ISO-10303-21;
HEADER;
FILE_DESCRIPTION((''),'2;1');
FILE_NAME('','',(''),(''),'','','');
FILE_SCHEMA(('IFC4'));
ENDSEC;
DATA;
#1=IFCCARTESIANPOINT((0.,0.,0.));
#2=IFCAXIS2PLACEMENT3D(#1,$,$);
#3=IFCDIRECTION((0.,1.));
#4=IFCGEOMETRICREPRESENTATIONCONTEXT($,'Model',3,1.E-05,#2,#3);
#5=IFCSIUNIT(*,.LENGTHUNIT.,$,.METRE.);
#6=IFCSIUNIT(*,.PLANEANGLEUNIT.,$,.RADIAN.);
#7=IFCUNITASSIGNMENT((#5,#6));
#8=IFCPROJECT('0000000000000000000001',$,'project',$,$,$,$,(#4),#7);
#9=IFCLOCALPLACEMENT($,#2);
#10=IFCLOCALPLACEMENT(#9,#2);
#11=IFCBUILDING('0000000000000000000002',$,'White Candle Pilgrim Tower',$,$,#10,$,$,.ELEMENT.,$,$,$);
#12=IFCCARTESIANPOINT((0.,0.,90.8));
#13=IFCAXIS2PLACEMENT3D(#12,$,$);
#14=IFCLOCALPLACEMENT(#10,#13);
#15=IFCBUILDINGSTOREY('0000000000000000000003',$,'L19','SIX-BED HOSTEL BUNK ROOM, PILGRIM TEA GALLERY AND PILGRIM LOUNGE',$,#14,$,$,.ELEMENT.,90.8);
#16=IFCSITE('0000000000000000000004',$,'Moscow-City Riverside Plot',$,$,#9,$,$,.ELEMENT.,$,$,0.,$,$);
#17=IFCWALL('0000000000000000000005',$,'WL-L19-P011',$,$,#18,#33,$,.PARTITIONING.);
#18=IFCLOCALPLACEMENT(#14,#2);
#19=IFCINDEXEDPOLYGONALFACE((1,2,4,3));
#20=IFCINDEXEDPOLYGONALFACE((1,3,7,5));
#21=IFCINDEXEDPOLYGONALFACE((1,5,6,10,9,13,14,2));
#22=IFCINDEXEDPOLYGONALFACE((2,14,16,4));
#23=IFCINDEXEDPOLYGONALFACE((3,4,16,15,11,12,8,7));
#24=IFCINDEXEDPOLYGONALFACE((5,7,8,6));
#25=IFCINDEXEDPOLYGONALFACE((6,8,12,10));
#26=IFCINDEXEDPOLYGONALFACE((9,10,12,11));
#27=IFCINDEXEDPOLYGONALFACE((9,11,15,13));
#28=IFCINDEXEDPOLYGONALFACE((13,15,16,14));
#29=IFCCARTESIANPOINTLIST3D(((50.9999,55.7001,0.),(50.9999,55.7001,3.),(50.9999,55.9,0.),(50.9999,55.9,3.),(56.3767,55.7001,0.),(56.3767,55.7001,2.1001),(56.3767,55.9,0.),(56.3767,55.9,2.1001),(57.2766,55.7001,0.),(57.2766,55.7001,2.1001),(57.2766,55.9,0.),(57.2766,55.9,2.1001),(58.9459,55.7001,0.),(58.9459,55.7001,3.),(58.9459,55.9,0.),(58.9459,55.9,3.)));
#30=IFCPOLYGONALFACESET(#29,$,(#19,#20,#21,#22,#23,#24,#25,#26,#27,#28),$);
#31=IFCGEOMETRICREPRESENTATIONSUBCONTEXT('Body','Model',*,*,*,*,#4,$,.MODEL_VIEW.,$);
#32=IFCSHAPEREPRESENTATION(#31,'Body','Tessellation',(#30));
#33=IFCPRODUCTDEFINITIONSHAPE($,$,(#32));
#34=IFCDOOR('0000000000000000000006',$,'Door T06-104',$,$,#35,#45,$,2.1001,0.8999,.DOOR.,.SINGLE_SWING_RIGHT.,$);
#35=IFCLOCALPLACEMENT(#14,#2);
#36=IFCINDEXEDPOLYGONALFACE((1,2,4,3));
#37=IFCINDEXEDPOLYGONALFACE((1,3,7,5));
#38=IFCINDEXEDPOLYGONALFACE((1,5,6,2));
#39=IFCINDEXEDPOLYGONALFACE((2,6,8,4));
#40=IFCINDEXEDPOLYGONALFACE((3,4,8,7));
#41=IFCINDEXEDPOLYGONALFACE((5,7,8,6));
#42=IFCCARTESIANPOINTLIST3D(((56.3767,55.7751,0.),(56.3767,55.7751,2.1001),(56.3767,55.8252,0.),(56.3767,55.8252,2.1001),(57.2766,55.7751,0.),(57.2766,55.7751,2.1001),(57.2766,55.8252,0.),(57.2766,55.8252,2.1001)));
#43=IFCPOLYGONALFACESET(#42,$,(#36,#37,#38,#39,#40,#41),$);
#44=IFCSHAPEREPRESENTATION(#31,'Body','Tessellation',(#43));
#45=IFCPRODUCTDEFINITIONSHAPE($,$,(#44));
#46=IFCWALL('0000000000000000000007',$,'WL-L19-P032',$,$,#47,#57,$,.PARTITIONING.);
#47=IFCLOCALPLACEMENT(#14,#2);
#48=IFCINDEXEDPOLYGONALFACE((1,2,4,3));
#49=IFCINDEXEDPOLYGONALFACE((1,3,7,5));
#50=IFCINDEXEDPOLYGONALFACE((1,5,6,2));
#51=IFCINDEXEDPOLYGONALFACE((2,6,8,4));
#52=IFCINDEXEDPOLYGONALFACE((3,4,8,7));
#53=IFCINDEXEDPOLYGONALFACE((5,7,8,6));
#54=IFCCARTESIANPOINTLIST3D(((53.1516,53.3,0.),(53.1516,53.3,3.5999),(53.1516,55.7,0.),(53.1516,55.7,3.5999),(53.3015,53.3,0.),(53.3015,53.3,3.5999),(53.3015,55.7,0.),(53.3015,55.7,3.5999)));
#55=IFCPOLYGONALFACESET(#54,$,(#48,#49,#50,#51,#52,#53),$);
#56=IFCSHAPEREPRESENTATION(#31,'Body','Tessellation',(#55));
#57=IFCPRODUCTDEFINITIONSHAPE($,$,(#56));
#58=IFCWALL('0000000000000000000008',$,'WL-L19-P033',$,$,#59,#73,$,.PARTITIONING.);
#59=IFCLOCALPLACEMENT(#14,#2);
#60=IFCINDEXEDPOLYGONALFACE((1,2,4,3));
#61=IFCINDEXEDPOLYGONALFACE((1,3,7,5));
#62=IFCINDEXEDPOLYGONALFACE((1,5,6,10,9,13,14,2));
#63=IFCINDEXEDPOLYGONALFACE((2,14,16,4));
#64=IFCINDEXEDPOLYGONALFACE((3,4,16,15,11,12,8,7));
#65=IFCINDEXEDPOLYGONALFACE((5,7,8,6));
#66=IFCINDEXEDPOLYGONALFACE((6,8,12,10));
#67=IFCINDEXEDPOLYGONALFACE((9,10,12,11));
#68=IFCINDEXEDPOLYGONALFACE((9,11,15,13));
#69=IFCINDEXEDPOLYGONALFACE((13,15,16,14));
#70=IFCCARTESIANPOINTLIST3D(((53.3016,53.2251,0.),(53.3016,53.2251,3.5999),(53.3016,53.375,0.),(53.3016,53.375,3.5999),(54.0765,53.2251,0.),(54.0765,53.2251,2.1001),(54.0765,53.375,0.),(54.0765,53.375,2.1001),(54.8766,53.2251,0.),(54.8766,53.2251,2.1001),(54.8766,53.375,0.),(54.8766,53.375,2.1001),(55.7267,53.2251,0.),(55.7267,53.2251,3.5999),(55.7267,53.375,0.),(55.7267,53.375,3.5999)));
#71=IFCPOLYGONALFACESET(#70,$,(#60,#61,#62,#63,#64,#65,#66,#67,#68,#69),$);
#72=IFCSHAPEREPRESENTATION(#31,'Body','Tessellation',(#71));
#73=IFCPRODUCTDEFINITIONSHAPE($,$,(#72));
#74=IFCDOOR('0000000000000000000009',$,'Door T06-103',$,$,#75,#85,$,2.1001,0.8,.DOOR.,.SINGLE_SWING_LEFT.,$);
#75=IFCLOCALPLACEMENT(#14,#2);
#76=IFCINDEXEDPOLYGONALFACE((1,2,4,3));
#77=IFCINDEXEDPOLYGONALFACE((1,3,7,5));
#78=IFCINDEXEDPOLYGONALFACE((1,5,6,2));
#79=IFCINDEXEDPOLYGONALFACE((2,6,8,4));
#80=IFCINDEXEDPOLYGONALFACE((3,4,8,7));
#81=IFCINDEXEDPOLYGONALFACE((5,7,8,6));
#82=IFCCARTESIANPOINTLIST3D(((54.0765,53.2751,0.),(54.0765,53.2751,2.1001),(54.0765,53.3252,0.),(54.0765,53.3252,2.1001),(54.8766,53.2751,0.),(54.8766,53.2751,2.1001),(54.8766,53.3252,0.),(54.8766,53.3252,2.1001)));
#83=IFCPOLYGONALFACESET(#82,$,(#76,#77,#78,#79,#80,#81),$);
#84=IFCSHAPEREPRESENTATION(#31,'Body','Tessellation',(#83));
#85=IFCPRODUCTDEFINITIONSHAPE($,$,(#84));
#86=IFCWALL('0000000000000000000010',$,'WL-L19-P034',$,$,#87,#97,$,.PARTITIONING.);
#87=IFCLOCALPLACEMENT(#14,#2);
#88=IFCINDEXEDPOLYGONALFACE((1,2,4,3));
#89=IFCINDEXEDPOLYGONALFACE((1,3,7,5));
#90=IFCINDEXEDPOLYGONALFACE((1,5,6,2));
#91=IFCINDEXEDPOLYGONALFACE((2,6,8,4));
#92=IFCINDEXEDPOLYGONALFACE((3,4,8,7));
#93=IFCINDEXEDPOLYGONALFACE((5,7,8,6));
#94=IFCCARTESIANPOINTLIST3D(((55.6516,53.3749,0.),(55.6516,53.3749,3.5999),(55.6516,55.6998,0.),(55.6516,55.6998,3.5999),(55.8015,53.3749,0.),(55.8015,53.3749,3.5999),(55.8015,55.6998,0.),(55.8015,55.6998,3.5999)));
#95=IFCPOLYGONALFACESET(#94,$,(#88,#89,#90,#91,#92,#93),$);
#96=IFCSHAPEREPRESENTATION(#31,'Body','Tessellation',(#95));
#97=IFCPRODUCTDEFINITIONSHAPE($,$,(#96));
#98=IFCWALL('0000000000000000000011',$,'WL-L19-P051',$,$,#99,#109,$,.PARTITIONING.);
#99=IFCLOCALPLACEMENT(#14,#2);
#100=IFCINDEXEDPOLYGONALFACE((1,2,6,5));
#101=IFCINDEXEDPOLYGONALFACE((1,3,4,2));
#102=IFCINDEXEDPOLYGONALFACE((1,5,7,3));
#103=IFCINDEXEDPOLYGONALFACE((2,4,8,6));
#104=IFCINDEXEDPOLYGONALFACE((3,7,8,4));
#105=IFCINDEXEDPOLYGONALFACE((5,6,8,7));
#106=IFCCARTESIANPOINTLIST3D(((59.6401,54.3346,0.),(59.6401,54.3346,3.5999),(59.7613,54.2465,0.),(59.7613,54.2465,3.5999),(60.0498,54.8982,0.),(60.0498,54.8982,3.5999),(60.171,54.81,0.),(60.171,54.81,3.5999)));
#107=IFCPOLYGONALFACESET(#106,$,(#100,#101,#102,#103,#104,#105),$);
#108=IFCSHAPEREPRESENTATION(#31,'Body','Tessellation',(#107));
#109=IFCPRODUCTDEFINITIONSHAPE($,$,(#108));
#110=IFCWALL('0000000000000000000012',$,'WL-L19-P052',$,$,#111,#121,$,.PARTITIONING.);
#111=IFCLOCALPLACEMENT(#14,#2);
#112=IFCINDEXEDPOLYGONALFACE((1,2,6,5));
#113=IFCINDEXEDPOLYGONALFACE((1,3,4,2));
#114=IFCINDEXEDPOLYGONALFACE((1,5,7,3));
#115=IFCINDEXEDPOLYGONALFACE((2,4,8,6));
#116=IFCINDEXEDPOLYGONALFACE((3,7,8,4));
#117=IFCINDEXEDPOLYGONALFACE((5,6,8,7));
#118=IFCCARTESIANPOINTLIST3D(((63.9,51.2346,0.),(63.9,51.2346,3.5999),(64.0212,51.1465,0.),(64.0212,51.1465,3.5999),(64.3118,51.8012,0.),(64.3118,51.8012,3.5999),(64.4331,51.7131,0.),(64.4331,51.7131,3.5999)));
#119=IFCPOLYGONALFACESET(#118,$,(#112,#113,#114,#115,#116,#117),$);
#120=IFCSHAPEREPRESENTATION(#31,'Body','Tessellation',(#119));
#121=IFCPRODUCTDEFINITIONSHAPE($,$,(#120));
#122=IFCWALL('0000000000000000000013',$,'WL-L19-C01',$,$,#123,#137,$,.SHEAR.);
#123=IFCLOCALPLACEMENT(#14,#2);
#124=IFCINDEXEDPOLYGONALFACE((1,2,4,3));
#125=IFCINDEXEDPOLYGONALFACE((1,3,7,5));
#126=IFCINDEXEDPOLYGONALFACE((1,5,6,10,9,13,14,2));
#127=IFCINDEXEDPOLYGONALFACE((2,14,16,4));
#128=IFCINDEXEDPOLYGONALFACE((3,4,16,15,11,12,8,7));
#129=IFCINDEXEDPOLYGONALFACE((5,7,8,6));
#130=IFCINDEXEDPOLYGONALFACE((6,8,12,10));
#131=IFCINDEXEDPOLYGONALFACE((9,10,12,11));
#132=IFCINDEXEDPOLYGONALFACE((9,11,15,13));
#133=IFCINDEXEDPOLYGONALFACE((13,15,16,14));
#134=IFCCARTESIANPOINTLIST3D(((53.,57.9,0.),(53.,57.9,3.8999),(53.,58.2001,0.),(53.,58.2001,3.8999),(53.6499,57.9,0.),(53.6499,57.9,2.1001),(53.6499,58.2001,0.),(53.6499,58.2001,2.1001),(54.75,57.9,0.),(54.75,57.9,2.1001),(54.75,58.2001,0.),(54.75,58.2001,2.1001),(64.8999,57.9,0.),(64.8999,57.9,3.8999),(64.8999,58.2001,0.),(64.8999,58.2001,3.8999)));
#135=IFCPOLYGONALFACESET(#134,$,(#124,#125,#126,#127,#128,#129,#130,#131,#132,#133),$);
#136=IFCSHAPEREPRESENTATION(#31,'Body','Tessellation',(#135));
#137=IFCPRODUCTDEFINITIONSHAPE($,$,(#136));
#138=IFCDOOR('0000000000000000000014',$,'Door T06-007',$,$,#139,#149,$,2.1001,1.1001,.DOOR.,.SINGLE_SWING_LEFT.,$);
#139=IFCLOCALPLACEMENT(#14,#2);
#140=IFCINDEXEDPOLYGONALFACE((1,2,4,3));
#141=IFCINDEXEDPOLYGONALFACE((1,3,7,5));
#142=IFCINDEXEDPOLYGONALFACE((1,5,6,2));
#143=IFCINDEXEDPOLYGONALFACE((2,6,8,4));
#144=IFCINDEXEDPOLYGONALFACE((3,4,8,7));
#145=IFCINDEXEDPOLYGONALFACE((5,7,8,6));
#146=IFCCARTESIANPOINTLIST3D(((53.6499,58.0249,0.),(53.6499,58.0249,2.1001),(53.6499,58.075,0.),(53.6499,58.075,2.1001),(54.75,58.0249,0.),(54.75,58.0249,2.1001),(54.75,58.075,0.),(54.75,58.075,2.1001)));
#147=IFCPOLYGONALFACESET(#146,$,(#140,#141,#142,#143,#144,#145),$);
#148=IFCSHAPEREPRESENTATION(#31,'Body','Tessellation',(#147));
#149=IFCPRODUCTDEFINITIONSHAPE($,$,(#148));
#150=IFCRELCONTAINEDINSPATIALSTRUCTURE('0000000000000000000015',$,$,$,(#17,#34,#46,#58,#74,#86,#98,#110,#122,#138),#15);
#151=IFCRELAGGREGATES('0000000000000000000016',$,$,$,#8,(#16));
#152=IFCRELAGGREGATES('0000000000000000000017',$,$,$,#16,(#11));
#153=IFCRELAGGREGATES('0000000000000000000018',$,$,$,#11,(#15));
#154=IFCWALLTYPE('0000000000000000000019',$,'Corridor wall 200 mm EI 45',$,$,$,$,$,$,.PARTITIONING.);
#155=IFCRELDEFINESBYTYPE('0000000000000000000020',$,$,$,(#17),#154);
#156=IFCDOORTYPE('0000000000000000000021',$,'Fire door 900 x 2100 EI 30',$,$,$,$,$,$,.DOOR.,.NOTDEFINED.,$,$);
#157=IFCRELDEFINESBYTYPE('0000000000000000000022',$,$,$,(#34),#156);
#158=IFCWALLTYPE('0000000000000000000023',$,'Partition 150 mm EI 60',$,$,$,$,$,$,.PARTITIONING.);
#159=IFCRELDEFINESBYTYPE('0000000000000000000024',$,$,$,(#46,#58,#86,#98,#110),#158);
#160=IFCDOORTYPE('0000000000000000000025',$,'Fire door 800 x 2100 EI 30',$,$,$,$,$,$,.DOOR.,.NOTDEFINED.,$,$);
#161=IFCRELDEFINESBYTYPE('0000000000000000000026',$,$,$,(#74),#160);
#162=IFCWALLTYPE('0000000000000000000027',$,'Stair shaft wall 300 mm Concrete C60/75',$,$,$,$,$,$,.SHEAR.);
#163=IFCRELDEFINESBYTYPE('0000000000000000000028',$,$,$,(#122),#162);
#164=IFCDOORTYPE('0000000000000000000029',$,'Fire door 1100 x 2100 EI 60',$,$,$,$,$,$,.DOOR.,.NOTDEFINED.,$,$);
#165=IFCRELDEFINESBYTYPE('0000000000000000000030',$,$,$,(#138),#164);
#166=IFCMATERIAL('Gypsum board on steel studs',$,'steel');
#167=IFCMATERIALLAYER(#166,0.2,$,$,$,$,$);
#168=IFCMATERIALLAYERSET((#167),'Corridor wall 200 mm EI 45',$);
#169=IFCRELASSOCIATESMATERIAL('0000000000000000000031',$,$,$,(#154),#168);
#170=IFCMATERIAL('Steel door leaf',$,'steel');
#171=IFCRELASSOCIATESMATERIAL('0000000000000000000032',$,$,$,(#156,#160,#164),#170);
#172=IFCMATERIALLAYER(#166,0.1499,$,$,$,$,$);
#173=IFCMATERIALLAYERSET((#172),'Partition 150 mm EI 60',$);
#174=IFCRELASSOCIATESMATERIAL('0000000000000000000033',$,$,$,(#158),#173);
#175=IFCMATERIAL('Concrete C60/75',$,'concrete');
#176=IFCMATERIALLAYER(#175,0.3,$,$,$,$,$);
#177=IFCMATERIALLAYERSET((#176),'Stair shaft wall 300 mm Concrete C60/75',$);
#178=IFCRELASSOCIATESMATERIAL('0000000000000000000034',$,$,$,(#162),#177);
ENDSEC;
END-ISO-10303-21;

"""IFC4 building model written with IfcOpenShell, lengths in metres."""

from ifc_helpers import new_model, si_unit, direction, frame, frame_2d, origin, place, context, subcontext, project, spatial, rectangle, extrude, material, layer, layer_set, type_object, element, fill, save


model = new_model("IFC4")

# Units and contexts
model_context = context("Model", 3, precision=1e-05, world=origin(), true_north=direction((0.0, 1.0)))
body_context = subcontext(model_context, "Body", "Model", "MODEL_VIEW")
ifc_project = project(units=[si_unit("LENGTHUNIT", "METRE"), si_unit("PLANEANGLEUNIT", "RADIAN")], contexts=[model_context])

# Site, building, storey
site_placement = place(None, origin())
site = spatial("IfcSite", under=ifc_project, at=site_placement, Name="Moscow-City Riverside Plot", CompositionType="ELEMENT", RefElevation=0.0)
building_placement = place(site_placement, origin())
building = spatial("IfcBuilding", under=site, at=building_placement, Name="White Candle Pilgrim Tower", CompositionType="ELEMENT")
storey_placement = place(building_placement, frame((0.0, 0.0, 90.8)))
storey = spatial("IfcBuildingStorey", under=building, at=storey_placement, Name="L19", Description="SIX-BED HOSTEL BUNK ROOM, PILGRIM TEA GALLERY AND PILGRIM LOUNGE", CompositionType="ELEMENT", Elevation=90.8)

# Shared definitions
ifc_material_1 = material(Name="Concrete C60/75", Category="concrete")

# Wall, opening, door
ifc_material_2 = material(Name="Gypsum board on steel studs", Category="steel")
ifc_layer_1 = layer(ifc_material_2, 0.2)
ifc_layer_set_1 = layer_set([ifc_layer_1], Name="Corridor wall 200 mm EI 45")
wall_type_1 = type_object("IfcWallType", Name="Corridor wall 200 mm EI 45", PredefinedType="PARTITIONING", material=ifc_layer_set_1)
wall_1_placement = place(storey_placement, frame((58.946, 55.8, 0.0), z_axis=(0.0, 0.0, 1.0), x_axis=(-1.0, 0.0, 0.0)))
wall_1 = element("IfcWall", 1, at=wall_1_placement, inside=storey, type_object=wall_type_1, Name="WL-L19-P011", PredefinedType="PARTITIONING", context=body_context, shape_type="SweptSolid", body=[
    extrude(rectangle(XDim=7.946, YDim=0.2, at=frame_2d((3.9731, 0.0))), origin(), (0.0, 0.0, 1.0), 3.0),
])
opening_1_placement = place(wall_1_placement, frame((1.6694, 0.0, 0.0)))
opening_1 = element("IfcOpeningElement", 2, at=opening_1_placement, cuts=wall_1, PredefinedType="OPENING", context=body_context, shape_type="SweptSolid", body=[
    extrude(rectangle(XDim=0.8999, YDim=2.1001, at=frame_2d((0.45, 1.05))), frame((0.0, 0.1099, 0.0), z_axis=(0.0, -1.0, 0.0), x_axis=(1.0, 0.0, 0.0)), (0.0, 0.0, 1.0), 0.22),
])
ifc_material_3 = material(Name="Steel door leaf", Category="steel")
door_type_1 = type_object("IfcDoorType", Name="Fire door 900 x 2100 EI 30", OperationType="NOTDEFINED", PredefinedType="DOOR", material=ifc_material_3)
door_1_placement = place(opening_1_placement, origin())
door_1 = element("IfcDoor", 3, at=door_1_placement, inside=storey, type_object=door_type_1, Name="Door T06-104", OperationType="SINGLE_SWING_RIGHT", OverallHeight=2.1001, OverallWidth=0.8999, PredefinedType="DOOR", context=body_context, shape_type="SweptSolid", body=[
    extrude(rectangle(XDim=0.8999, YDim=2.1001, at=frame_2d((0.45, 1.05))), frame((0.0, 0.0249, 0.0), z_axis=(0.0, -1.0, 0.0), x_axis=(1.0, 0.0, 0.0)), (0.0, 0.0, 1.0), 0.05),
])
fill(opening_1, door_1)

# Wall
ifc_layer_2 = layer(ifc_material_2, 0.1499)
ifc_layer_set_2 = layer_set([ifc_layer_2], Name="Partition 150 mm EI 60")
wall_type_2 = type_object("IfcWallType", Name="Partition 150 mm EI 60", PredefinedType="PARTITIONING", material=ifc_layer_set_2)
wall_2_placement = place(storey_placement, frame((53.2266, 55.7, 0.0), z_axis=(0.0, 0.0, 1.0), x_axis=(0.0, -1.0, 0.0)))
element("IfcWall", 4, at=wall_2_placement, inside=storey, type_object=wall_type_2, Name="WL-L19-P032", PredefinedType="PARTITIONING", context=body_context, shape_type="SweptSolid", body=[
    extrude(rectangle(XDim=2.3999, YDim=0.1499, at=frame_2d((1.2, 0.0))), origin(), (0.0, 0.0, 1.0), 3.5999),
])

# Wall, opening, door
wall_3_placement = place(storey_placement, frame((55.7266, 53.3, 0.0), z_axis=(0.0, 0.0, 1.0), x_axis=(-1.0, 0.0, 0.0)))
wall_3 = element("IfcWall", 5, at=wall_3_placement, inside=storey, type_object=wall_type_2, Name="WL-L19-P033", PredefinedType="PARTITIONING", context=body_context, shape_type="SweptSolid", body=[
    extrude(rectangle(XDim=2.425, YDim=0.1499, at=frame_2d((1.2124, 0.0))), origin(), (0.0, 0.0, 1.0), 3.5999),
])
opening_2_placement = place(wall_3_placement, frame((0.8501, 0.0, 0.0)))
opening_2 = element("IfcOpeningElement", 6, at=opening_2_placement, cuts=wall_3, PredefinedType="OPENING", context=body_context, shape_type="SweptSolid", body=[
    extrude(rectangle(XDim=0.8, YDim=2.1001, at=frame_2d((0.3999, 1.05))), frame((0.0, 0.085, 0.0), z_axis=(0.0, -1.0, 0.0), x_axis=(1.0, 0.0, 0.0)), (0.0, 0.0, 1.0), 0.1699),
])
door_type_2 = type_object("IfcDoorType", Name="Fire door 800 x 2100 EI 30", OperationType="NOTDEFINED", PredefinedType="DOOR", material=ifc_material_3)
door_2_placement = place(opening_2_placement, origin())
door_2 = element("IfcDoor", 7, at=door_2_placement, inside=storey, type_object=door_type_2, Name="Door T06-103", OperationType="SINGLE_SWING_LEFT", OverallHeight=2.1001, OverallWidth=0.8, PredefinedType="DOOR", context=body_context, shape_type="SweptSolid", body=[
    extrude(rectangle(XDim=0.8, YDim=2.1001, at=frame_2d((0.3999, 1.05))), frame((0.0, 0.0249, 0.0), z_axis=(0.0, -1.0, 0.0), x_axis=(1.0, 0.0, 0.0)), (0.0, 0.0, 1.0), 0.05),
])
fill(opening_2, door_2)

# Walls
wall_4_placement = place(storey_placement, frame((55.7266, 55.7, 0.0), z_axis=(0.0, 0.0, 1.0), x_axis=(0.0, -1.0, 0.0)))
element("IfcWall", 8, at=wall_4_placement, inside=storey, type_object=wall_type_2, Name="WL-L19-P034", PredefinedType="PARTITIONING", context=body_context, shape_type="SweptSolid", body=[
    extrude(rectangle(XDim=2.325, YDim=0.1499, at=frame_2d((1.1626, 0.0))), origin(), (0.0, 0.0, 1.0), 3.5999),
])
wall_5_placement = place(storey_placement, frame((59.7007, 54.2905, 0.0), z_axis=(0.0, 0.0, 1.0), x_axis=(0.588047, 0.808827, 0.0)))
element("IfcWall", 9, at=wall_5_placement, inside=storey, type_object=wall_type_2, Name="WL-L19-P051", PredefinedType="PARTITIONING", context=body_context, shape_type="SweptSolid", body=[
    extrude(rectangle(XDim=0.6968, YDim=0.1499, at=frame_2d((0.3484, 0.0))), origin(), (0.0, 0.0, 1.0), 3.5999),
])
wall_6_placement = place(storey_placement, frame((63.9607, 51.1907, 0.0), z_axis=(0.0, 0.0, 1.0), x_axis=(0.587944, 0.808902, 0.0)))
element("IfcWall", 10, at=wall_6_placement, inside=storey, type_object=wall_type_2, Name="WL-L19-P052", PredefinedType="PARTITIONING", context=body_context, shape_type="SweptSolid", body=[
    extrude(rectangle(XDim=0.7004, YDim=0.1499, at=frame_2d((0.3501, 0.0))), origin(), (0.0, 0.0, 1.0), 3.5999),
])

# Wall, opening, door
ifc_layer_3 = layer(ifc_material_1, 0.3)
ifc_layer_set_3 = layer_set([ifc_layer_3], Name="Stair shaft wall 300 mm Concrete C60/75")
wall_type_3 = type_object("IfcWallType", Name="Stair shaft wall 300 mm Concrete C60/75", PredefinedType="SHEAR", material=ifc_layer_set_3)
wall_7_placement = place(storey_placement, frame((53.0, 58.05, 0.0), z_axis=(0.0, 0.0, 1.0), x_axis=(1.0, 0.0, 0.0)))
wall_7 = element("IfcWall", 11, at=wall_7_placement, inside=storey, type_object=wall_type_3, Name="WL-L19-C01", PredefinedType="SHEAR", context=body_context, shape_type="SweptSolid", body=[
    extrude(rectangle(XDim=11.8999, YDim=0.3, at=frame_2d((5.95, 0.0))), origin(), (0.0, 0.0, 1.0), 3.8999),
])
opening_3_placement = place(wall_7_placement, frame((0.6499, 0.0, 0.0)))
opening_3 = element("IfcOpeningElement", 12, at=opening_3_placement, cuts=wall_7, PredefinedType="OPENING", context=body_context, shape_type="SweptSolid", body=[
    extrude(rectangle(XDim=1.1001, YDim=2.1001, at=frame_2d((0.55, 1.05))), frame((0.0, 0.1599, 0.0), z_axis=(0.0, -1.0, 0.0), x_axis=(1.0, 0.0, 0.0)), (0.0, 0.0, 1.0), 0.3201),
])
door_type_3 = type_object("IfcDoorType", Name="Fire door 1100 x 2100 EI 60", OperationType="NOTDEFINED", PredefinedType="DOOR", material=ifc_material_3)
door_3_placement = place(opening_3_placement, origin())
door_3 = element("IfcDoor", 13, at=door_3_placement, inside=storey, type_object=door_type_3, Name="Door T06-007", OperationType="SINGLE_SWING_LEFT", OverallHeight=2.1001, OverallWidth=1.1001, PredefinedType="DOOR", context=body_context, shape_type="SweptSolid", body=[
    extrude(rectangle(XDim=1.1001, YDim=2.1001, at=frame_2d((0.55, 1.05))), frame((0.0, 0.0249, 0.0), z_axis=(0.0, -1.0, 0.0), x_axis=(1.0, 0.0, 0.0)), (0.0, 0.0, 1.0), 0.05),
])
fill(opening_3, door_3)

save(model, "model.ifc")
